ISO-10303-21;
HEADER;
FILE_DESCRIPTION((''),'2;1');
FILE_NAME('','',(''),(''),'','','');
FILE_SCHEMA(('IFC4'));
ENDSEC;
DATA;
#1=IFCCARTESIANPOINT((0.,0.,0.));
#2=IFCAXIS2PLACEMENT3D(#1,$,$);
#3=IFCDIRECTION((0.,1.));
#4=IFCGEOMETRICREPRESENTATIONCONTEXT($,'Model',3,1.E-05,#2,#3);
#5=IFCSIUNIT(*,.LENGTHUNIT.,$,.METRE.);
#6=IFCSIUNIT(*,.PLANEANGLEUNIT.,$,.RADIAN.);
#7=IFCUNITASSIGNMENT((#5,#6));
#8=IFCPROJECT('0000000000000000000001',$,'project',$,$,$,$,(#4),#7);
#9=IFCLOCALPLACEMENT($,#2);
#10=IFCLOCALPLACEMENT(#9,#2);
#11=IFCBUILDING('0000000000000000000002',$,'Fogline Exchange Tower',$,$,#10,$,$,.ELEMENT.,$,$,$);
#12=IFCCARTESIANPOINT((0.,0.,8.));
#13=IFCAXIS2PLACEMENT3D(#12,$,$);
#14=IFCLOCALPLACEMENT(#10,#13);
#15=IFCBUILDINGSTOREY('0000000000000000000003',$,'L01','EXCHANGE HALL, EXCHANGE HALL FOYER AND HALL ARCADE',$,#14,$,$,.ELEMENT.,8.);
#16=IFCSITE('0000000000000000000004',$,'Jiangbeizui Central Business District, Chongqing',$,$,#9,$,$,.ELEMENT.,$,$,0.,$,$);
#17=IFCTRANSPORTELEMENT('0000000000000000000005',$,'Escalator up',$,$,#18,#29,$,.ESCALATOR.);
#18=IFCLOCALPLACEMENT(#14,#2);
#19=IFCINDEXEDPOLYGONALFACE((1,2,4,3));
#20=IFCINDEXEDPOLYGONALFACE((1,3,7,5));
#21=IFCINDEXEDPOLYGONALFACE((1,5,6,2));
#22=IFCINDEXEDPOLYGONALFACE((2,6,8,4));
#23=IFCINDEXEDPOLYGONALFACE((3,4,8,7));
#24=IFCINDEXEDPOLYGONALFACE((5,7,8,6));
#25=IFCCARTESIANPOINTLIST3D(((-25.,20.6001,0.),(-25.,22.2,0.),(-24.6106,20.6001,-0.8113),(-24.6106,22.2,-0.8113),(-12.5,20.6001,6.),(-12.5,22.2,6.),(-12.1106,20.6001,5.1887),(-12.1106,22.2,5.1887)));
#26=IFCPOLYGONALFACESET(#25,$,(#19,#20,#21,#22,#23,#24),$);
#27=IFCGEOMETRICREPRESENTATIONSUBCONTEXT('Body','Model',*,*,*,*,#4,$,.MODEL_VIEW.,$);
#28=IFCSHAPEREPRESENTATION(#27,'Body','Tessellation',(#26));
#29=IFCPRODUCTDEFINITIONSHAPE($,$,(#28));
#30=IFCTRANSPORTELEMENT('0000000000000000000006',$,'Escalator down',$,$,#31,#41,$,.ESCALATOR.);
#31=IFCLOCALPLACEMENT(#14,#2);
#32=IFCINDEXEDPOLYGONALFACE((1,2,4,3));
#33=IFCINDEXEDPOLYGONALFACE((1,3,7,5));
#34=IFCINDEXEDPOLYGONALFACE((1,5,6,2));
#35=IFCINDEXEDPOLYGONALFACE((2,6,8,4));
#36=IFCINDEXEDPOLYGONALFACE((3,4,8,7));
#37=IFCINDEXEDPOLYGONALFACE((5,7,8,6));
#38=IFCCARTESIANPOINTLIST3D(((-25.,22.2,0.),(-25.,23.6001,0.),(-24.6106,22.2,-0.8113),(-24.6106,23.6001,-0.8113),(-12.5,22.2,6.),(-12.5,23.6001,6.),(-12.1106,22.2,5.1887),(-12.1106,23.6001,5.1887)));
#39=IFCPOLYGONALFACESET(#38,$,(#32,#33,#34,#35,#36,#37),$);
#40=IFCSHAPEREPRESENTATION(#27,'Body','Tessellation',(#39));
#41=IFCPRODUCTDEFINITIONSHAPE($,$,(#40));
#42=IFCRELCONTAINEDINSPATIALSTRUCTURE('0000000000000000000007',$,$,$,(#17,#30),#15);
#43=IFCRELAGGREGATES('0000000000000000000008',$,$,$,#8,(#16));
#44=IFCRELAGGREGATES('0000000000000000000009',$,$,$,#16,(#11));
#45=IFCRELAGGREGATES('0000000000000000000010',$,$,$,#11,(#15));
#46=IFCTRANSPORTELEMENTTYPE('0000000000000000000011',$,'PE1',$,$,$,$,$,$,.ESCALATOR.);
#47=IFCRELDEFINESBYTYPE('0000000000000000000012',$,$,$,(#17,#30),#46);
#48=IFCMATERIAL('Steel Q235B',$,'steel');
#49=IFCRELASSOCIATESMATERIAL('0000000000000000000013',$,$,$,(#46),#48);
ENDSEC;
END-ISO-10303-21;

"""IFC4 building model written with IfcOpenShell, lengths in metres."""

from ifc_helpers import new_model, si_unit, direction, frame, origin, place, context, subcontext, project, spatial, polyline, outline, extrude, material, type_object, element, save


model = new_model("IFC4")

# Units and contexts
model_context = context("Model", 3, precision=1e-05, world=origin(), true_north=direction((0.0, 1.0)))
body_context = subcontext(model_context, "Body", "Model", "MODEL_VIEW")
ifc_project = project(units=[si_unit("LENGTHUNIT", "METRE"), si_unit("PLANEANGLEUNIT", "RADIAN")], contexts=[model_context])

# Site, building, storey
site_placement = place(None, origin())
site = spatial("IfcSite", under=ifc_project, at=site_placement, Name="Jiangbeizui Central Business District, Chongqing", CompositionType="ELEMENT", RefElevation=0.0)
building_placement = place(site_placement, origin())
building = spatial("IfcBuilding", under=site, at=building_placement, Name="Fogline Exchange Tower", CompositionType="ELEMENT")
storey_placement = place(building_placement, frame((0.0, 0.0, 8.0)))
storey = spatial("IfcBuildingStorey", under=building, at=storey_placement, Name="L01", Description="EXCHANGE HALL, EXCHANGE HALL FOYER AND HALL ARCADE", CompositionType="ELEMENT", Elevation=8.0)

# Shared definitions
ifc_material_1 = material(Name="Steel Q235B", Category="steel")

# Transport elements
transport_element_type = type_object("IfcTransportElementType", Name="PE1", PredefinedType="ESCALATOR", material=ifc_material_1)
transport_element_1_placement = place(storey_placement, frame((-25.0, 20.6001, 0.0), z_axis=(-0.432731, 0.0, 0.901523), x_axis=(0.0, 1.0, 0.0)))
element("IfcTransportElement", 1, at=transport_element_1_placement, inside=storey, type_object=transport_element_type, Name="Escalator up", PredefinedType="ESCALATOR", context=body_context, shape_type="SweptSolid", body=[
    extrude(outline(polyline([(0.0, 0.0), (1.5999, 0.0), (1.5999, -13.8654), (0.0, -13.8654), (0.0, 0.0)])), origin(), (0.0, 0.0, -1.0), 0.8999),
])
transport_element_2_placement = place(storey_placement, frame((-25.0, 22.2, 0.0), z_axis=(-0.432731, 0.0, 0.901523), x_axis=(0.0, 1.0, 0.0)))
element("IfcTransportElement", 2, at=transport_element_2_placement, inside=storey, type_object=transport_element_type, Name="Escalator down", PredefinedType="ESCALATOR", context=body_context, shape_type="SweptSolid", body=[
    extrude(outline(polyline([(0.0, 0.0), (1.4001, 0.0), (1.4001, -13.8654), (0.0, -13.8654), (0.0, 0.0)])), origin(), (0.0, 0.0, -1.0), 0.8999),
])

save(model, "model.ifc")
